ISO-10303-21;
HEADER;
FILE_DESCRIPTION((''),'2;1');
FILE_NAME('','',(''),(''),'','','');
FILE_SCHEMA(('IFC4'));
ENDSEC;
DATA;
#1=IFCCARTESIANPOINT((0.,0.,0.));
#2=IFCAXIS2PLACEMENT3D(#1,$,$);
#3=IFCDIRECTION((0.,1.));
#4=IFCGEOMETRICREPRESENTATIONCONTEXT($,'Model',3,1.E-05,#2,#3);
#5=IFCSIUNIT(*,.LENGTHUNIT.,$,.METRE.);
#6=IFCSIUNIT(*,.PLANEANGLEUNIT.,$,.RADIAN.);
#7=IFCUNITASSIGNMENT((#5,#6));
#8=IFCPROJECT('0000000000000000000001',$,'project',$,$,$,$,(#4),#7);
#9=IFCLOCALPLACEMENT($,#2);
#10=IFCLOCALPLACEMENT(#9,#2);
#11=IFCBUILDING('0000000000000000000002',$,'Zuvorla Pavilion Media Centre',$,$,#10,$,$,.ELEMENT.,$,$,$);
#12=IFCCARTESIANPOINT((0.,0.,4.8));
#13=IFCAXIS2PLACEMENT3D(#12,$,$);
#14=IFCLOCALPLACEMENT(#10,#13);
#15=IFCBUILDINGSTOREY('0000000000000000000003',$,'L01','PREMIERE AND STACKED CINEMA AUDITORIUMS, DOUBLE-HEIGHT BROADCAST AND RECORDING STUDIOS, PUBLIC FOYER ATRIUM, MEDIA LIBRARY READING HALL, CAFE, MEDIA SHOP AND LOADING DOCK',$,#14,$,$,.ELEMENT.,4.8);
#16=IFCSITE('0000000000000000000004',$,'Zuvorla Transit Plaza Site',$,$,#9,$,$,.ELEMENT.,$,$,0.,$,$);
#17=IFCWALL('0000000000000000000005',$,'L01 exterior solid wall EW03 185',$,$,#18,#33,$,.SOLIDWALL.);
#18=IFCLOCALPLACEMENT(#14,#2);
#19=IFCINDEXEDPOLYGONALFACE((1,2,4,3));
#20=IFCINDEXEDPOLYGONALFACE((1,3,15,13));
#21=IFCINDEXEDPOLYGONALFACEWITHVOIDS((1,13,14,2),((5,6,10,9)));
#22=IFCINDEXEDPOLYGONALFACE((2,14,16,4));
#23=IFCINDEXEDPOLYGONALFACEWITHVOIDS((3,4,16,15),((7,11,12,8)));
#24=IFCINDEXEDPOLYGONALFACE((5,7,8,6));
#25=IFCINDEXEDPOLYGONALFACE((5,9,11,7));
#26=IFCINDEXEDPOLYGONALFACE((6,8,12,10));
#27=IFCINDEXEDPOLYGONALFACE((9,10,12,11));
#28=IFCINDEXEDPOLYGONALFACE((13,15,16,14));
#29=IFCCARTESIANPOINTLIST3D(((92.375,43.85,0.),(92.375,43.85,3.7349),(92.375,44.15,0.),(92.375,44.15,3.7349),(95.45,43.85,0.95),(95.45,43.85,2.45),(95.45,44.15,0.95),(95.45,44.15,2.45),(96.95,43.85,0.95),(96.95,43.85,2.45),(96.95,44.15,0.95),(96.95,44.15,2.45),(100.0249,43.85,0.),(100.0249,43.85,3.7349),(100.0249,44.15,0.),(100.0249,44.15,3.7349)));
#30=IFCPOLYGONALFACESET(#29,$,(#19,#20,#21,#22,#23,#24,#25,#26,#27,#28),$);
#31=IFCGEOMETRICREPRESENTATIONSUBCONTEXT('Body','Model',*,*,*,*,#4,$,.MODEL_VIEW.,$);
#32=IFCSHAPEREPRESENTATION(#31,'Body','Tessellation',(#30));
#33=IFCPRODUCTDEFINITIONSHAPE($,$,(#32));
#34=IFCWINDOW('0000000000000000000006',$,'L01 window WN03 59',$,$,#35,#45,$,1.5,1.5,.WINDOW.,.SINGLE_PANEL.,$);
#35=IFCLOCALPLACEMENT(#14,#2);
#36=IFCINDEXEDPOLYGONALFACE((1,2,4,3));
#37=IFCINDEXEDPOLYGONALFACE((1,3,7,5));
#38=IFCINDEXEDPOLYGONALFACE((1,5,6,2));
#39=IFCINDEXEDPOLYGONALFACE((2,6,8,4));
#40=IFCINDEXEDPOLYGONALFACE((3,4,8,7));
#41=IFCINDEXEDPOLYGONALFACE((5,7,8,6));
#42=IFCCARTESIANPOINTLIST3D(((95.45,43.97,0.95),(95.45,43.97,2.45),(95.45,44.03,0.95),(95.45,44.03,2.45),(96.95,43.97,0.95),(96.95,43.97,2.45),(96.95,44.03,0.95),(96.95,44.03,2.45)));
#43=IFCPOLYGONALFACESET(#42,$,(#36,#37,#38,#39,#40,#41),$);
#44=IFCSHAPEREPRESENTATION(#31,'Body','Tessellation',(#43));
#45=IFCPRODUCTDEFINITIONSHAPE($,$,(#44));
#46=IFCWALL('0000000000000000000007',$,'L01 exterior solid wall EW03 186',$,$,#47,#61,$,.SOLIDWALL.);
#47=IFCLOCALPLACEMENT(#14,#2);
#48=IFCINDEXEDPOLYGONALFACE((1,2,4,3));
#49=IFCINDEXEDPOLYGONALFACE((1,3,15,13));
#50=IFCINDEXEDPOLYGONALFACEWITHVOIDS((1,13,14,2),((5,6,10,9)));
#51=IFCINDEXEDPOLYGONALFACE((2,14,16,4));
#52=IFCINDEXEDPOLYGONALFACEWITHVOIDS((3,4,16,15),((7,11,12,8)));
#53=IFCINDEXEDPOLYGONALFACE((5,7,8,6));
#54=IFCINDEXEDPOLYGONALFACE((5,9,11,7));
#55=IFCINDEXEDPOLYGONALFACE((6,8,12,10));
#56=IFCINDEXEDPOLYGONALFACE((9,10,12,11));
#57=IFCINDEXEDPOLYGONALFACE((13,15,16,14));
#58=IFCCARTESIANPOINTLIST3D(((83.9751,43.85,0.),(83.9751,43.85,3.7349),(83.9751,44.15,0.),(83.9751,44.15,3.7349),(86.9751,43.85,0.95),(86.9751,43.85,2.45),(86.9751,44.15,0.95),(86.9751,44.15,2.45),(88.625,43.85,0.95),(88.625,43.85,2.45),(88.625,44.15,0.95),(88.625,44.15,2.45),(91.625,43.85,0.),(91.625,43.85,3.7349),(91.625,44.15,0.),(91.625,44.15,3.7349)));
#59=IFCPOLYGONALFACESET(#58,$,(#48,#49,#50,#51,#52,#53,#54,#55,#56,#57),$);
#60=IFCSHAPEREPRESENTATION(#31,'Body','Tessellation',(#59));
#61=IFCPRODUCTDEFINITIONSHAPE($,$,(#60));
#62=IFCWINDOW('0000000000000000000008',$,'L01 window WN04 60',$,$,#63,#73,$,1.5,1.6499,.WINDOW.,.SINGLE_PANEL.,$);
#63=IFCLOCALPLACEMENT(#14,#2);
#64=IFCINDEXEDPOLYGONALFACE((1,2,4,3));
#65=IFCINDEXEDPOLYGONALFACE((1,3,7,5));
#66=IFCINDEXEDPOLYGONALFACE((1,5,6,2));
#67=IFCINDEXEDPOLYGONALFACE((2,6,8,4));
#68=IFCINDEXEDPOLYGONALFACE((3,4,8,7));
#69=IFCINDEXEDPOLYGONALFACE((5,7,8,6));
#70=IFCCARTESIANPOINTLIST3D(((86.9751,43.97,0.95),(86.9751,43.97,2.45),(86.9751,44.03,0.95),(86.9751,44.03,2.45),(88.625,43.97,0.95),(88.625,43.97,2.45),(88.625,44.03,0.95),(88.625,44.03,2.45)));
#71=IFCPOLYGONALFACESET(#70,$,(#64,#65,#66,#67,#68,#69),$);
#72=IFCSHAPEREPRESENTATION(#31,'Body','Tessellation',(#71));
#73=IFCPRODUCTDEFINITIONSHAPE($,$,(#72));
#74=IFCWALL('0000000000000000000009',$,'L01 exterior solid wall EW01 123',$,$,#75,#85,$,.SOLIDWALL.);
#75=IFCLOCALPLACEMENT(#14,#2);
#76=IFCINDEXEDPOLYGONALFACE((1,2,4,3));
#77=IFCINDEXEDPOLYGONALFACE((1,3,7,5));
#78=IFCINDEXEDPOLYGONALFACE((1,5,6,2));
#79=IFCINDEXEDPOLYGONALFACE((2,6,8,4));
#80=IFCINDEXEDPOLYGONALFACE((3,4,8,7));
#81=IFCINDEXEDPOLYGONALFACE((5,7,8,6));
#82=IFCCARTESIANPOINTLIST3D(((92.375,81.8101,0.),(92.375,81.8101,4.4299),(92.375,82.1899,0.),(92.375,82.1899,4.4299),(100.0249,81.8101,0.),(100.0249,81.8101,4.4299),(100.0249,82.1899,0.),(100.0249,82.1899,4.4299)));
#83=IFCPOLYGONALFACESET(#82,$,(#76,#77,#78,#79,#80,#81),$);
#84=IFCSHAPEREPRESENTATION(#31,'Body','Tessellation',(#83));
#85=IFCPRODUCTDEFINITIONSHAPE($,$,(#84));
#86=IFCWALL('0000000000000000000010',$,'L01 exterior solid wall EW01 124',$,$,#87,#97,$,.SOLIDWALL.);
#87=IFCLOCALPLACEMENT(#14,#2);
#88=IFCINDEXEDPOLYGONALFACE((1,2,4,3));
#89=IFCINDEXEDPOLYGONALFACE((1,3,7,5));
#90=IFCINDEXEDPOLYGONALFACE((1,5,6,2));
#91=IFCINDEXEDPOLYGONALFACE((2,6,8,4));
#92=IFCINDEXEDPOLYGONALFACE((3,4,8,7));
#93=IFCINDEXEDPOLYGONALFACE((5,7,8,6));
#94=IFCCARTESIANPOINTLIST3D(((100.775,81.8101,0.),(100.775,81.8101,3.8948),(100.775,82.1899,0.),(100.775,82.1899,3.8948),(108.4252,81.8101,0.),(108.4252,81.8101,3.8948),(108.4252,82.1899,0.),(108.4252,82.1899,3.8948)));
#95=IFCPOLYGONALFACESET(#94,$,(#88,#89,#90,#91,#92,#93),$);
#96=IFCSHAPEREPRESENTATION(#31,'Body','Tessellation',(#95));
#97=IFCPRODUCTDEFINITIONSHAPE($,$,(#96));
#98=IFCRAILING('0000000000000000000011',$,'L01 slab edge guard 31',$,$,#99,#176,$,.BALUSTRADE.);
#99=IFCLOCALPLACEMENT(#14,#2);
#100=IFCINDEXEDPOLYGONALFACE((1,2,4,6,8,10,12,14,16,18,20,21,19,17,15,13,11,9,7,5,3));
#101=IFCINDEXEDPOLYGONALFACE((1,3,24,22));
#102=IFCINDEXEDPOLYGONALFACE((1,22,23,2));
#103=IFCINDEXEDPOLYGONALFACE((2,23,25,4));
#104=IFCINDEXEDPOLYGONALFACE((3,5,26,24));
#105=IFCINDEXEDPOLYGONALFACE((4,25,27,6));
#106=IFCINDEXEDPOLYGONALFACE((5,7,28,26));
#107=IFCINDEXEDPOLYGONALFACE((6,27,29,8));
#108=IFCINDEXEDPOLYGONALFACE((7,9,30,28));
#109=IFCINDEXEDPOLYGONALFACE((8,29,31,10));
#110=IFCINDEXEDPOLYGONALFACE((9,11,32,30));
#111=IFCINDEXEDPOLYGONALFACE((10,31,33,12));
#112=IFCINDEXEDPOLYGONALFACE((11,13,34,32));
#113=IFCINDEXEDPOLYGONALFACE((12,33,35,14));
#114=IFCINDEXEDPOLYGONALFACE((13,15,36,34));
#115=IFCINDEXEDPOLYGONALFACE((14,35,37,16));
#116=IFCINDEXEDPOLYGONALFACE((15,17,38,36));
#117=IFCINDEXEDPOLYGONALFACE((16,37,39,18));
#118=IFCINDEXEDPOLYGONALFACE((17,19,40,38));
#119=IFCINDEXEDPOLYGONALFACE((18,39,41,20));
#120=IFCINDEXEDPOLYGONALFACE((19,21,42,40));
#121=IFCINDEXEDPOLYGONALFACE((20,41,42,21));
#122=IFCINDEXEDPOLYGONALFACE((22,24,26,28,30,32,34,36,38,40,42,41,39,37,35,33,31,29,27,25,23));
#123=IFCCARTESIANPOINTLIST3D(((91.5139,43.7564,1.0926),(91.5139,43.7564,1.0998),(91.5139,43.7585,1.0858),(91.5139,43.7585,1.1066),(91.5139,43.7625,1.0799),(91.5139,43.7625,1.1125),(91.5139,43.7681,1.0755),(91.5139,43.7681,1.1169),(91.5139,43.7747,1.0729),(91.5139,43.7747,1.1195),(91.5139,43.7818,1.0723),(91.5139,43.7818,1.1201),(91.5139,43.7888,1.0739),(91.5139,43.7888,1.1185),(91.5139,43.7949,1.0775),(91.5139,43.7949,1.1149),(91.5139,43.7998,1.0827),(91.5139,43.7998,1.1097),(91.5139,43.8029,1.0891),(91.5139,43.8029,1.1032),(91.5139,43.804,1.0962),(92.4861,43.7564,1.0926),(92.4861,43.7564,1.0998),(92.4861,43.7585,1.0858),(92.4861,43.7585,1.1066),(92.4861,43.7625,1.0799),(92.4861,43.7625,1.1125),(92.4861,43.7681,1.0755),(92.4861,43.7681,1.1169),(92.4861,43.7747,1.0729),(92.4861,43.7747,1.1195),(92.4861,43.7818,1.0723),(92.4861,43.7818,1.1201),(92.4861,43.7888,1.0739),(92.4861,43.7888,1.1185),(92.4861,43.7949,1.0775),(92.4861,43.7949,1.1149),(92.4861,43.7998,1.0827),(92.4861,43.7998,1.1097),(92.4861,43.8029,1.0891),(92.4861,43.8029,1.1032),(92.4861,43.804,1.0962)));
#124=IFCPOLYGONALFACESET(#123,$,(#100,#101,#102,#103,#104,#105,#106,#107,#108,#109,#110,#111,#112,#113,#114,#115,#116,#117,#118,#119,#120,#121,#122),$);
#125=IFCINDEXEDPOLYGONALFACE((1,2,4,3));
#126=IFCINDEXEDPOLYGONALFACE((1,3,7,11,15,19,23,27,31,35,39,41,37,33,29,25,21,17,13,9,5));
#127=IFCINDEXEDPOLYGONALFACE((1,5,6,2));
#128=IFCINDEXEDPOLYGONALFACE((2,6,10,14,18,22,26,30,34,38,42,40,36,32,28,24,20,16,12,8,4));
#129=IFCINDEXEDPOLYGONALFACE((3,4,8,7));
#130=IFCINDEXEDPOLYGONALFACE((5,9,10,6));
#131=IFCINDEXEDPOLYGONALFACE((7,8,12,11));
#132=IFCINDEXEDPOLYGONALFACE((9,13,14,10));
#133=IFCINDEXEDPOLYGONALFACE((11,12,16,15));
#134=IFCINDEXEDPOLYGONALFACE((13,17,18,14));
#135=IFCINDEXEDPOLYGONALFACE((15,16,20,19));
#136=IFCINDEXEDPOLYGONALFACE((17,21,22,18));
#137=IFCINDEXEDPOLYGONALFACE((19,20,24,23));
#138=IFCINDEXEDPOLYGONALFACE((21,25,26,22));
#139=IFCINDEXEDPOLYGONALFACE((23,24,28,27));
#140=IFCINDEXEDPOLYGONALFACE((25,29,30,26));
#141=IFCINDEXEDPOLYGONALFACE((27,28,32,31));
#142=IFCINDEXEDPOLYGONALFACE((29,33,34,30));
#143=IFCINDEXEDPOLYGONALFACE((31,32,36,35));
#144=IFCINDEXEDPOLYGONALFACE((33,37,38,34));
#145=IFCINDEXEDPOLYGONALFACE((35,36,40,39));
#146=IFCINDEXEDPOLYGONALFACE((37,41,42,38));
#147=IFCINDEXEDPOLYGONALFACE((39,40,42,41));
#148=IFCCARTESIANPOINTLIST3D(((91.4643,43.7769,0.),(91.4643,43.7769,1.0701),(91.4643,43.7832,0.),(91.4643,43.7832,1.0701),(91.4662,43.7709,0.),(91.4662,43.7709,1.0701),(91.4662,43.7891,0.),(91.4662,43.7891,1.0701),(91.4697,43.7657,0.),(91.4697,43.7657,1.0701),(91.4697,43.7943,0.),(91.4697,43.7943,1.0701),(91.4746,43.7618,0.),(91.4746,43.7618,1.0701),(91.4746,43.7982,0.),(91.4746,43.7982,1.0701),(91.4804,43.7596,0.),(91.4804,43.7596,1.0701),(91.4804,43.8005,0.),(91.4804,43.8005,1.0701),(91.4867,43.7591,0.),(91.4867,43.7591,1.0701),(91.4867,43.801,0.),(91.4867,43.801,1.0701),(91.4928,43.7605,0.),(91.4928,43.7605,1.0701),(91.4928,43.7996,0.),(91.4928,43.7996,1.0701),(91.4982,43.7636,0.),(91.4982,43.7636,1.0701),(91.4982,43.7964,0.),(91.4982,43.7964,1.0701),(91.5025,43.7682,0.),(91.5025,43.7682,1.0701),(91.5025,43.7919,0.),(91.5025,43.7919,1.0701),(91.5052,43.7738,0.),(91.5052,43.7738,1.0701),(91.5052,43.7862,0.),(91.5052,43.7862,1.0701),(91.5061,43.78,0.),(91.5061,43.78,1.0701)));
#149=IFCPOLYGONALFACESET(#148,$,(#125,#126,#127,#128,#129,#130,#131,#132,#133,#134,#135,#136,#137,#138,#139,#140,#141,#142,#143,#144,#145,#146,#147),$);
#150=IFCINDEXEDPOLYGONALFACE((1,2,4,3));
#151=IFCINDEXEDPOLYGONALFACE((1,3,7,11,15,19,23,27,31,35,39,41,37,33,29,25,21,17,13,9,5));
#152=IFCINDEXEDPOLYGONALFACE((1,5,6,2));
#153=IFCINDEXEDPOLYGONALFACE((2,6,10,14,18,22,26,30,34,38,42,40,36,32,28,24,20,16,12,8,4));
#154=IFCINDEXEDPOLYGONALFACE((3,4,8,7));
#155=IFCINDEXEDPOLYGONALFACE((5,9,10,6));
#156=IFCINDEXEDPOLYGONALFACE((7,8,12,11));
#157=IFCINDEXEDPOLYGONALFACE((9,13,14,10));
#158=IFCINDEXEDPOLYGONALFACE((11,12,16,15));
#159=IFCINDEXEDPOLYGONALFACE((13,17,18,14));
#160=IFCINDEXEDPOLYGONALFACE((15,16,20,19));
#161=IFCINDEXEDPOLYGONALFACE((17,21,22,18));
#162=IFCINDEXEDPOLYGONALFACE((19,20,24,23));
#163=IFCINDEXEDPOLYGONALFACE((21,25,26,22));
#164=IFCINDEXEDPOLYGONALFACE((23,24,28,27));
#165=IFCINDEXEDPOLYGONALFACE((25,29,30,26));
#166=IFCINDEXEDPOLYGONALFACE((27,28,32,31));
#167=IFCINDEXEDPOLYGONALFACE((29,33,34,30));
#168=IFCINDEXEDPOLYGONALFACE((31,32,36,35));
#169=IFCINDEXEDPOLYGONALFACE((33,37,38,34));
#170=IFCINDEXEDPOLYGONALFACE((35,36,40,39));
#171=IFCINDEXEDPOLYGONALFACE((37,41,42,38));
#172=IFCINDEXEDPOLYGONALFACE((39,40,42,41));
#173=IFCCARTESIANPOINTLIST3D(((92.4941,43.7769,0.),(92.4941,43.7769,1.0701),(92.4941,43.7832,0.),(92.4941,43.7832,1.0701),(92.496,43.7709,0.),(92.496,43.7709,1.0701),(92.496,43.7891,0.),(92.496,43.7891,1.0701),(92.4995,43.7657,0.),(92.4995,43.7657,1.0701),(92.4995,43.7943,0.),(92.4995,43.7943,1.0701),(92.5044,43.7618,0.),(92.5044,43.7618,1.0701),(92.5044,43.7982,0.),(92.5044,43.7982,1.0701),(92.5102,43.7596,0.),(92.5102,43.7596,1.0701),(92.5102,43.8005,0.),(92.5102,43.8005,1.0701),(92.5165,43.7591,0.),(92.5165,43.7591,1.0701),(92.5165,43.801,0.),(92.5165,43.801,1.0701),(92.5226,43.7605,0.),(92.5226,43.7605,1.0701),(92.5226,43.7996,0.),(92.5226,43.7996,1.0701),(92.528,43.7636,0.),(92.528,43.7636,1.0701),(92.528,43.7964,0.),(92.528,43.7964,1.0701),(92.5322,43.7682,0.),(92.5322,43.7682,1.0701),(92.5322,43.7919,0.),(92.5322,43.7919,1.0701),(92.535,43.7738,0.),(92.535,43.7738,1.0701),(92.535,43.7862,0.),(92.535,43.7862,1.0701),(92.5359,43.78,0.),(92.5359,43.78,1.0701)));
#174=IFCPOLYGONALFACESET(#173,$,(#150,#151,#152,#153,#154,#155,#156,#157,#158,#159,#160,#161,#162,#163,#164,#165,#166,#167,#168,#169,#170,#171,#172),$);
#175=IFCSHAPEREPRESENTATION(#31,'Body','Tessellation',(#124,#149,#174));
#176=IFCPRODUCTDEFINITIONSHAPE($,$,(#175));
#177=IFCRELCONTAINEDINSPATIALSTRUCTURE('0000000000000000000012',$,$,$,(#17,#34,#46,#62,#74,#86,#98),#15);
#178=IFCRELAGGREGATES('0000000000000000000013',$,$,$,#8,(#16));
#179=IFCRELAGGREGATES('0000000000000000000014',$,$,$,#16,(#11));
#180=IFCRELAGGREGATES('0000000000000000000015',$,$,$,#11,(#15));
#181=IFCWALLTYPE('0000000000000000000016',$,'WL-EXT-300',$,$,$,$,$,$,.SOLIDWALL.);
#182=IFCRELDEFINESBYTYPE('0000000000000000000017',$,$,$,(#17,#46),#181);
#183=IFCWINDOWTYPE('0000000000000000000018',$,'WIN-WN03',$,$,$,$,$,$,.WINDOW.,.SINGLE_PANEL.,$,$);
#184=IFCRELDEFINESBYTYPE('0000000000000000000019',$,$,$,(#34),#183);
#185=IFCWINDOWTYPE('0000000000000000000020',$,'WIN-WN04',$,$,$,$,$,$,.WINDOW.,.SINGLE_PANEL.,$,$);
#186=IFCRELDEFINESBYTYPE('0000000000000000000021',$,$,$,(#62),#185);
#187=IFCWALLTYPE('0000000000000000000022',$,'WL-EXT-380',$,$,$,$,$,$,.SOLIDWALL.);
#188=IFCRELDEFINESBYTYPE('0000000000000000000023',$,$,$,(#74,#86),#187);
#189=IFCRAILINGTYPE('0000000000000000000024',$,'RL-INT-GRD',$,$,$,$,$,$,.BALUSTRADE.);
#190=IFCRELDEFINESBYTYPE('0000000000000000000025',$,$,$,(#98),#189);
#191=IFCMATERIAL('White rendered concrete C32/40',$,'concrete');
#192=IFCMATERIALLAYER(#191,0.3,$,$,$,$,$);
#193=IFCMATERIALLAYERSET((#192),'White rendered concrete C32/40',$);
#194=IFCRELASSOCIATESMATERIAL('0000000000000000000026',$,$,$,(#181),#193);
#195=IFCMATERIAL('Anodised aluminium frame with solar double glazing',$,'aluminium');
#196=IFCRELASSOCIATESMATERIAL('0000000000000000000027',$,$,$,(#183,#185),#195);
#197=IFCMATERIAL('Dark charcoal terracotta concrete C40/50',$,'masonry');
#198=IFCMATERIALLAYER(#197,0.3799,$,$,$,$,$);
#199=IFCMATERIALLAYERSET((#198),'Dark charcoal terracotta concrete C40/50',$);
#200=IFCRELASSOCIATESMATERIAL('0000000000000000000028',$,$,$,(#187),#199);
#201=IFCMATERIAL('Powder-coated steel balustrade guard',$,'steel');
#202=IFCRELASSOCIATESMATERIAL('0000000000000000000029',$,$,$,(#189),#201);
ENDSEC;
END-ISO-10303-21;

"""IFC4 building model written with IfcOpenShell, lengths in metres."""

from ifc_helpers import new_model, si_unit, direction, frame, frame_2d, origin, origin_2d, place, context, subcontext, project, spatial, rectangle, circle, extrude, material, layer, layer_set, type_object, element, fill, save


model = new_model("IFC4")

# Units and contexts
model_context = context("Model", 3, precision=1e-05, world=origin(), true_north=direction((0.0, 1.0)))
body_context = subcontext(model_context, "Body", "Model", "MODEL_VIEW")
ifc_project = project(units=[si_unit("LENGTHUNIT", "METRE"), si_unit("PLANEANGLEUNIT", "RADIAN")], contexts=[model_context])

# Site, building, storey
site_placement = place(None, origin())
site = spatial("IfcSite", under=ifc_project, at=site_placement, Name="Zuvorla Transit Plaza Site", CompositionType="ELEMENT", RefElevation=0.0)
building_placement = place(site_placement, origin())
building = spatial("IfcBuilding", under=site, at=building_placement, Name="Zuvorla Pavilion Media Centre", CompositionType="ELEMENT")
storey_placement = place(building_placement, frame((0.0, 0.0, 4.8)))
storey = spatial("IfcBuildingStorey", under=building, at=storey_placement, Name="L01", Description="PREMIERE AND STACKED CINEMA AUDITORIUMS, DOUBLE-HEIGHT BROADCAST AND RECORDING STUDIOS, PUBLIC FOYER ATRIUM, MEDIA LIBRARY READING HALL, CAFE, MEDIA SHOP AND LOADING DOCK", CompositionType="ELEMENT", Elevation=4.8)

# Walls, openings, windows
ifc_material_1 = material(Name="White rendered concrete C32/40", Category="concrete")
ifc_layer_1 = layer(ifc_material_1, 0.3)
ifc_layer_set_1 = layer_set([ifc_layer_1], Name="White rendered concrete C32/40")
wall_type_1 = type_object("IfcWallType", Name="WL-EXT-300", PredefinedType="SOLIDWALL", material=ifc_layer_set_1)
ifc_material_2 = material(Name="Anodised aluminium frame with solar double glazing", Category="aluminium")
wall_1_placement = place(storey_placement, frame((100.0249, 44.0, 0.0), z_axis=(0.0, 0.0, 1.0), x_axis=(-1.0, 0.0, 0.0)))
wall_1 = element("IfcWall", 1, at=wall_1_placement, inside=storey, type_object=wall_type_1, Name="L01 exterior solid wall EW03 185", PredefinedType="SOLIDWALL", context=body_context, shape_type="SweptSolid", body=[
    extrude(rectangle(XDim=7.6499, YDim=0.3, at=frame_2d((3.825, 0.0))), origin(), (0.0, 0.0, 1.0), 3.7349),
])
opening_1_placement = place(wall_1_placement, frame((3.075, 0.0, 0.95)))
opening_1 = element("IfcOpeningElement", 2, at=opening_1_placement, cuts=wall_1, PredefinedType="OPENING", context=body_context, shape_type="SweptSolid", body=[
    extrude(rectangle(XDim=1.5, YDim=1.5, at=frame_2d((0.75, 0.75))), frame((0.0, 0.1599, 0.0), z_axis=(0.0, -1.0, 0.0), x_axis=(1.0, 0.0, 0.0)), (0.0, 0.0, 1.0), 0.3201),
])
window_type_1 = type_object("IfcWindowType", Name="WIN-WN03", PartitioningType="SINGLE_PANEL", PredefinedType="WINDOW", material=ifc_material_2)
window_1_placement = place(opening_1_placement, origin())
window_1 = element("IfcWindow", 3, at=window_1_placement, inside=storey, type_object=window_type_1, Name="L01 window WN03 59", OverallHeight=1.5, OverallWidth=1.5, PartitioningType="SINGLE_PANEL", PredefinedType="WINDOW", context=body_context, shape_type="SweptSolid", body=[
    extrude(rectangle(XDim=1.5, YDim=1.5, at=frame_2d((0.75, 0.75))), frame((0.0, 0.03, 0.0), z_axis=(0.0, -1.0, 0.0), x_axis=(1.0, 0.0, 0.0)), (0.0, 0.0, 1.0), 0.0601),
])
fill(opening_1, window_1)
wall_2_placement = place(storey_placement, frame((91.625, 44.0, 0.0), z_axis=(0.0, 0.0, 1.0), x_axis=(-1.0, 0.0, 0.0)))
wall_2 = element("IfcWall", 4, at=wall_2_placement, inside=storey, type_object=wall_type_1, Name="L01 exterior solid wall EW03 186", PredefinedType="SOLIDWALL", context=body_context, shape_type="SweptSolid", body=[
    extrude(rectangle(XDim=7.6499, YDim=0.3, at=frame_2d((3.825, 0.0))), origin(), (0.0, 0.0, 1.0), 3.7349),
])
opening_2_placement = place(wall_2_placement, frame((3.0, 0.0, 0.95)))
opening_2 = element("IfcOpeningElement", 5, at=opening_2_placement, cuts=wall_2, PredefinedType="OPENING", context=body_context, shape_type="SweptSolid", body=[
    extrude(rectangle(XDim=1.6499, YDim=1.5, at=frame_2d((0.825, 0.75))), frame((0.0, 0.1599, 0.0), z_axis=(0.0, -1.0, 0.0), x_axis=(1.0, 0.0, 0.0)), (0.0, 0.0, 1.0), 0.3201),
])
window_type_2 = type_object("IfcWindowType", Name="WIN-WN04", PartitioningType="SINGLE_PANEL", PredefinedType="WINDOW", material=ifc_material_2)
window_2_placement = place(opening_2_placement, origin())
window_2 = element("IfcWindow", 6, at=window_2_placement, inside=storey, type_object=window_type_2, Name="L01 window WN04 60", OverallHeight=1.5, OverallWidth=1.6499, PartitioningType="SINGLE_PANEL", PredefinedType="WINDOW", context=body_context, shape_type="SweptSolid", body=[
    extrude(rectangle(XDim=1.6499, YDim=1.5, at=frame_2d((0.825, 0.75))), frame((0.0, 0.03, 0.0), z_axis=(0.0, -1.0, 0.0), x_axis=(1.0, 0.0, 0.0)), (0.0, 0.0, 1.0), 0.0601),
])
fill(opening_2, window_2)

# Walls
ifc_material_3 = material(Name="Dark charcoal terracotta concrete C40/50", Category="masonry")
ifc_layer_2 = layer(ifc_material_3, 0.3799)
ifc_layer_set_2 = layer_set([ifc_layer_2], Name="Dark charcoal terracotta concrete C40/50")
wall_type_2 = type_object("IfcWallType", Name="WL-EXT-380", PredefinedType="SOLIDWALL", material=ifc_layer_set_2)
wall_3_placement = place(storey_placement, frame((92.375, 82.0, 0.0), z_axis=(0.0, 0.0, 1.0), x_axis=(1.0, 0.0, 0.0)))
element("IfcWall", 7, at=wall_3_placement, inside=storey, type_object=wall_type_2, Name="L01 exterior solid wall EW01 123", PredefinedType="SOLIDWALL", context=body_context, shape_type="SweptSolid", body=[
    extrude(rectangle(XDim=7.6499, YDim=0.3799, at=frame_2d((3.825, 0.0))), origin(), (0.0, 0.0, 1.0), 4.4299),
])
wall_4_placement = place(storey_placement, frame((100.7749, 82.0, 0.0), z_axis=(0.0, 0.0, 1.0), x_axis=(1.0, 0.0, 0.0)))
element("IfcWall", 8, at=wall_4_placement, inside=storey, type_object=wall_type_2, Name="L01 exterior solid wall EW01 124", PredefinedType="SOLIDWALL", context=body_context, shape_type="SweptSolid", body=[
    extrude(rectangle(XDim=7.6501, YDim=0.3799, at=frame_2d((3.8252, 0.0))), origin(), (0.0, 0.0, 1.0), 3.8948),
])

# Railing
ifc_material_4 = material(Name="Powder-coated steel balustrade guard", Category="steel")
railing_type = type_object("IfcRailingType", Name="RL-INT-GRD", PredefinedType="BALUSTRADE", material=ifc_material_4)
railing_1_placement = place(storey_placement, frame((91.4851, 43.78, 0.0)))
element("IfcRailing", 9, at=railing_1_placement, inside=storey, type_object=railing_type, Name="L01 slab edge guard 31", PredefinedType="BALUSTRADE", context=body_context, shape_type="SweptSolid", body=[
    extrude(circle(Radius=0.0239, at=origin_2d()), frame((0.0288, 0.0, 1.0962), z_axis=(1.0, 0.0, 0.0), x_axis=(0.0, 1.0, 0.0)), (0.0, 0.0, 1.0), 0.9722),
    extrude(circle(Radius=0.021, at=origin_2d()), origin(), (0.0, 0.0, 1.0), 1.0701),
    extrude(circle(Radius=0.021, at=origin_2d()), frame((1.0298, 0.0, 0.0)), (0.0, 0.0, 1.0), 1.0701),
])

save(model, "model.ifc")
